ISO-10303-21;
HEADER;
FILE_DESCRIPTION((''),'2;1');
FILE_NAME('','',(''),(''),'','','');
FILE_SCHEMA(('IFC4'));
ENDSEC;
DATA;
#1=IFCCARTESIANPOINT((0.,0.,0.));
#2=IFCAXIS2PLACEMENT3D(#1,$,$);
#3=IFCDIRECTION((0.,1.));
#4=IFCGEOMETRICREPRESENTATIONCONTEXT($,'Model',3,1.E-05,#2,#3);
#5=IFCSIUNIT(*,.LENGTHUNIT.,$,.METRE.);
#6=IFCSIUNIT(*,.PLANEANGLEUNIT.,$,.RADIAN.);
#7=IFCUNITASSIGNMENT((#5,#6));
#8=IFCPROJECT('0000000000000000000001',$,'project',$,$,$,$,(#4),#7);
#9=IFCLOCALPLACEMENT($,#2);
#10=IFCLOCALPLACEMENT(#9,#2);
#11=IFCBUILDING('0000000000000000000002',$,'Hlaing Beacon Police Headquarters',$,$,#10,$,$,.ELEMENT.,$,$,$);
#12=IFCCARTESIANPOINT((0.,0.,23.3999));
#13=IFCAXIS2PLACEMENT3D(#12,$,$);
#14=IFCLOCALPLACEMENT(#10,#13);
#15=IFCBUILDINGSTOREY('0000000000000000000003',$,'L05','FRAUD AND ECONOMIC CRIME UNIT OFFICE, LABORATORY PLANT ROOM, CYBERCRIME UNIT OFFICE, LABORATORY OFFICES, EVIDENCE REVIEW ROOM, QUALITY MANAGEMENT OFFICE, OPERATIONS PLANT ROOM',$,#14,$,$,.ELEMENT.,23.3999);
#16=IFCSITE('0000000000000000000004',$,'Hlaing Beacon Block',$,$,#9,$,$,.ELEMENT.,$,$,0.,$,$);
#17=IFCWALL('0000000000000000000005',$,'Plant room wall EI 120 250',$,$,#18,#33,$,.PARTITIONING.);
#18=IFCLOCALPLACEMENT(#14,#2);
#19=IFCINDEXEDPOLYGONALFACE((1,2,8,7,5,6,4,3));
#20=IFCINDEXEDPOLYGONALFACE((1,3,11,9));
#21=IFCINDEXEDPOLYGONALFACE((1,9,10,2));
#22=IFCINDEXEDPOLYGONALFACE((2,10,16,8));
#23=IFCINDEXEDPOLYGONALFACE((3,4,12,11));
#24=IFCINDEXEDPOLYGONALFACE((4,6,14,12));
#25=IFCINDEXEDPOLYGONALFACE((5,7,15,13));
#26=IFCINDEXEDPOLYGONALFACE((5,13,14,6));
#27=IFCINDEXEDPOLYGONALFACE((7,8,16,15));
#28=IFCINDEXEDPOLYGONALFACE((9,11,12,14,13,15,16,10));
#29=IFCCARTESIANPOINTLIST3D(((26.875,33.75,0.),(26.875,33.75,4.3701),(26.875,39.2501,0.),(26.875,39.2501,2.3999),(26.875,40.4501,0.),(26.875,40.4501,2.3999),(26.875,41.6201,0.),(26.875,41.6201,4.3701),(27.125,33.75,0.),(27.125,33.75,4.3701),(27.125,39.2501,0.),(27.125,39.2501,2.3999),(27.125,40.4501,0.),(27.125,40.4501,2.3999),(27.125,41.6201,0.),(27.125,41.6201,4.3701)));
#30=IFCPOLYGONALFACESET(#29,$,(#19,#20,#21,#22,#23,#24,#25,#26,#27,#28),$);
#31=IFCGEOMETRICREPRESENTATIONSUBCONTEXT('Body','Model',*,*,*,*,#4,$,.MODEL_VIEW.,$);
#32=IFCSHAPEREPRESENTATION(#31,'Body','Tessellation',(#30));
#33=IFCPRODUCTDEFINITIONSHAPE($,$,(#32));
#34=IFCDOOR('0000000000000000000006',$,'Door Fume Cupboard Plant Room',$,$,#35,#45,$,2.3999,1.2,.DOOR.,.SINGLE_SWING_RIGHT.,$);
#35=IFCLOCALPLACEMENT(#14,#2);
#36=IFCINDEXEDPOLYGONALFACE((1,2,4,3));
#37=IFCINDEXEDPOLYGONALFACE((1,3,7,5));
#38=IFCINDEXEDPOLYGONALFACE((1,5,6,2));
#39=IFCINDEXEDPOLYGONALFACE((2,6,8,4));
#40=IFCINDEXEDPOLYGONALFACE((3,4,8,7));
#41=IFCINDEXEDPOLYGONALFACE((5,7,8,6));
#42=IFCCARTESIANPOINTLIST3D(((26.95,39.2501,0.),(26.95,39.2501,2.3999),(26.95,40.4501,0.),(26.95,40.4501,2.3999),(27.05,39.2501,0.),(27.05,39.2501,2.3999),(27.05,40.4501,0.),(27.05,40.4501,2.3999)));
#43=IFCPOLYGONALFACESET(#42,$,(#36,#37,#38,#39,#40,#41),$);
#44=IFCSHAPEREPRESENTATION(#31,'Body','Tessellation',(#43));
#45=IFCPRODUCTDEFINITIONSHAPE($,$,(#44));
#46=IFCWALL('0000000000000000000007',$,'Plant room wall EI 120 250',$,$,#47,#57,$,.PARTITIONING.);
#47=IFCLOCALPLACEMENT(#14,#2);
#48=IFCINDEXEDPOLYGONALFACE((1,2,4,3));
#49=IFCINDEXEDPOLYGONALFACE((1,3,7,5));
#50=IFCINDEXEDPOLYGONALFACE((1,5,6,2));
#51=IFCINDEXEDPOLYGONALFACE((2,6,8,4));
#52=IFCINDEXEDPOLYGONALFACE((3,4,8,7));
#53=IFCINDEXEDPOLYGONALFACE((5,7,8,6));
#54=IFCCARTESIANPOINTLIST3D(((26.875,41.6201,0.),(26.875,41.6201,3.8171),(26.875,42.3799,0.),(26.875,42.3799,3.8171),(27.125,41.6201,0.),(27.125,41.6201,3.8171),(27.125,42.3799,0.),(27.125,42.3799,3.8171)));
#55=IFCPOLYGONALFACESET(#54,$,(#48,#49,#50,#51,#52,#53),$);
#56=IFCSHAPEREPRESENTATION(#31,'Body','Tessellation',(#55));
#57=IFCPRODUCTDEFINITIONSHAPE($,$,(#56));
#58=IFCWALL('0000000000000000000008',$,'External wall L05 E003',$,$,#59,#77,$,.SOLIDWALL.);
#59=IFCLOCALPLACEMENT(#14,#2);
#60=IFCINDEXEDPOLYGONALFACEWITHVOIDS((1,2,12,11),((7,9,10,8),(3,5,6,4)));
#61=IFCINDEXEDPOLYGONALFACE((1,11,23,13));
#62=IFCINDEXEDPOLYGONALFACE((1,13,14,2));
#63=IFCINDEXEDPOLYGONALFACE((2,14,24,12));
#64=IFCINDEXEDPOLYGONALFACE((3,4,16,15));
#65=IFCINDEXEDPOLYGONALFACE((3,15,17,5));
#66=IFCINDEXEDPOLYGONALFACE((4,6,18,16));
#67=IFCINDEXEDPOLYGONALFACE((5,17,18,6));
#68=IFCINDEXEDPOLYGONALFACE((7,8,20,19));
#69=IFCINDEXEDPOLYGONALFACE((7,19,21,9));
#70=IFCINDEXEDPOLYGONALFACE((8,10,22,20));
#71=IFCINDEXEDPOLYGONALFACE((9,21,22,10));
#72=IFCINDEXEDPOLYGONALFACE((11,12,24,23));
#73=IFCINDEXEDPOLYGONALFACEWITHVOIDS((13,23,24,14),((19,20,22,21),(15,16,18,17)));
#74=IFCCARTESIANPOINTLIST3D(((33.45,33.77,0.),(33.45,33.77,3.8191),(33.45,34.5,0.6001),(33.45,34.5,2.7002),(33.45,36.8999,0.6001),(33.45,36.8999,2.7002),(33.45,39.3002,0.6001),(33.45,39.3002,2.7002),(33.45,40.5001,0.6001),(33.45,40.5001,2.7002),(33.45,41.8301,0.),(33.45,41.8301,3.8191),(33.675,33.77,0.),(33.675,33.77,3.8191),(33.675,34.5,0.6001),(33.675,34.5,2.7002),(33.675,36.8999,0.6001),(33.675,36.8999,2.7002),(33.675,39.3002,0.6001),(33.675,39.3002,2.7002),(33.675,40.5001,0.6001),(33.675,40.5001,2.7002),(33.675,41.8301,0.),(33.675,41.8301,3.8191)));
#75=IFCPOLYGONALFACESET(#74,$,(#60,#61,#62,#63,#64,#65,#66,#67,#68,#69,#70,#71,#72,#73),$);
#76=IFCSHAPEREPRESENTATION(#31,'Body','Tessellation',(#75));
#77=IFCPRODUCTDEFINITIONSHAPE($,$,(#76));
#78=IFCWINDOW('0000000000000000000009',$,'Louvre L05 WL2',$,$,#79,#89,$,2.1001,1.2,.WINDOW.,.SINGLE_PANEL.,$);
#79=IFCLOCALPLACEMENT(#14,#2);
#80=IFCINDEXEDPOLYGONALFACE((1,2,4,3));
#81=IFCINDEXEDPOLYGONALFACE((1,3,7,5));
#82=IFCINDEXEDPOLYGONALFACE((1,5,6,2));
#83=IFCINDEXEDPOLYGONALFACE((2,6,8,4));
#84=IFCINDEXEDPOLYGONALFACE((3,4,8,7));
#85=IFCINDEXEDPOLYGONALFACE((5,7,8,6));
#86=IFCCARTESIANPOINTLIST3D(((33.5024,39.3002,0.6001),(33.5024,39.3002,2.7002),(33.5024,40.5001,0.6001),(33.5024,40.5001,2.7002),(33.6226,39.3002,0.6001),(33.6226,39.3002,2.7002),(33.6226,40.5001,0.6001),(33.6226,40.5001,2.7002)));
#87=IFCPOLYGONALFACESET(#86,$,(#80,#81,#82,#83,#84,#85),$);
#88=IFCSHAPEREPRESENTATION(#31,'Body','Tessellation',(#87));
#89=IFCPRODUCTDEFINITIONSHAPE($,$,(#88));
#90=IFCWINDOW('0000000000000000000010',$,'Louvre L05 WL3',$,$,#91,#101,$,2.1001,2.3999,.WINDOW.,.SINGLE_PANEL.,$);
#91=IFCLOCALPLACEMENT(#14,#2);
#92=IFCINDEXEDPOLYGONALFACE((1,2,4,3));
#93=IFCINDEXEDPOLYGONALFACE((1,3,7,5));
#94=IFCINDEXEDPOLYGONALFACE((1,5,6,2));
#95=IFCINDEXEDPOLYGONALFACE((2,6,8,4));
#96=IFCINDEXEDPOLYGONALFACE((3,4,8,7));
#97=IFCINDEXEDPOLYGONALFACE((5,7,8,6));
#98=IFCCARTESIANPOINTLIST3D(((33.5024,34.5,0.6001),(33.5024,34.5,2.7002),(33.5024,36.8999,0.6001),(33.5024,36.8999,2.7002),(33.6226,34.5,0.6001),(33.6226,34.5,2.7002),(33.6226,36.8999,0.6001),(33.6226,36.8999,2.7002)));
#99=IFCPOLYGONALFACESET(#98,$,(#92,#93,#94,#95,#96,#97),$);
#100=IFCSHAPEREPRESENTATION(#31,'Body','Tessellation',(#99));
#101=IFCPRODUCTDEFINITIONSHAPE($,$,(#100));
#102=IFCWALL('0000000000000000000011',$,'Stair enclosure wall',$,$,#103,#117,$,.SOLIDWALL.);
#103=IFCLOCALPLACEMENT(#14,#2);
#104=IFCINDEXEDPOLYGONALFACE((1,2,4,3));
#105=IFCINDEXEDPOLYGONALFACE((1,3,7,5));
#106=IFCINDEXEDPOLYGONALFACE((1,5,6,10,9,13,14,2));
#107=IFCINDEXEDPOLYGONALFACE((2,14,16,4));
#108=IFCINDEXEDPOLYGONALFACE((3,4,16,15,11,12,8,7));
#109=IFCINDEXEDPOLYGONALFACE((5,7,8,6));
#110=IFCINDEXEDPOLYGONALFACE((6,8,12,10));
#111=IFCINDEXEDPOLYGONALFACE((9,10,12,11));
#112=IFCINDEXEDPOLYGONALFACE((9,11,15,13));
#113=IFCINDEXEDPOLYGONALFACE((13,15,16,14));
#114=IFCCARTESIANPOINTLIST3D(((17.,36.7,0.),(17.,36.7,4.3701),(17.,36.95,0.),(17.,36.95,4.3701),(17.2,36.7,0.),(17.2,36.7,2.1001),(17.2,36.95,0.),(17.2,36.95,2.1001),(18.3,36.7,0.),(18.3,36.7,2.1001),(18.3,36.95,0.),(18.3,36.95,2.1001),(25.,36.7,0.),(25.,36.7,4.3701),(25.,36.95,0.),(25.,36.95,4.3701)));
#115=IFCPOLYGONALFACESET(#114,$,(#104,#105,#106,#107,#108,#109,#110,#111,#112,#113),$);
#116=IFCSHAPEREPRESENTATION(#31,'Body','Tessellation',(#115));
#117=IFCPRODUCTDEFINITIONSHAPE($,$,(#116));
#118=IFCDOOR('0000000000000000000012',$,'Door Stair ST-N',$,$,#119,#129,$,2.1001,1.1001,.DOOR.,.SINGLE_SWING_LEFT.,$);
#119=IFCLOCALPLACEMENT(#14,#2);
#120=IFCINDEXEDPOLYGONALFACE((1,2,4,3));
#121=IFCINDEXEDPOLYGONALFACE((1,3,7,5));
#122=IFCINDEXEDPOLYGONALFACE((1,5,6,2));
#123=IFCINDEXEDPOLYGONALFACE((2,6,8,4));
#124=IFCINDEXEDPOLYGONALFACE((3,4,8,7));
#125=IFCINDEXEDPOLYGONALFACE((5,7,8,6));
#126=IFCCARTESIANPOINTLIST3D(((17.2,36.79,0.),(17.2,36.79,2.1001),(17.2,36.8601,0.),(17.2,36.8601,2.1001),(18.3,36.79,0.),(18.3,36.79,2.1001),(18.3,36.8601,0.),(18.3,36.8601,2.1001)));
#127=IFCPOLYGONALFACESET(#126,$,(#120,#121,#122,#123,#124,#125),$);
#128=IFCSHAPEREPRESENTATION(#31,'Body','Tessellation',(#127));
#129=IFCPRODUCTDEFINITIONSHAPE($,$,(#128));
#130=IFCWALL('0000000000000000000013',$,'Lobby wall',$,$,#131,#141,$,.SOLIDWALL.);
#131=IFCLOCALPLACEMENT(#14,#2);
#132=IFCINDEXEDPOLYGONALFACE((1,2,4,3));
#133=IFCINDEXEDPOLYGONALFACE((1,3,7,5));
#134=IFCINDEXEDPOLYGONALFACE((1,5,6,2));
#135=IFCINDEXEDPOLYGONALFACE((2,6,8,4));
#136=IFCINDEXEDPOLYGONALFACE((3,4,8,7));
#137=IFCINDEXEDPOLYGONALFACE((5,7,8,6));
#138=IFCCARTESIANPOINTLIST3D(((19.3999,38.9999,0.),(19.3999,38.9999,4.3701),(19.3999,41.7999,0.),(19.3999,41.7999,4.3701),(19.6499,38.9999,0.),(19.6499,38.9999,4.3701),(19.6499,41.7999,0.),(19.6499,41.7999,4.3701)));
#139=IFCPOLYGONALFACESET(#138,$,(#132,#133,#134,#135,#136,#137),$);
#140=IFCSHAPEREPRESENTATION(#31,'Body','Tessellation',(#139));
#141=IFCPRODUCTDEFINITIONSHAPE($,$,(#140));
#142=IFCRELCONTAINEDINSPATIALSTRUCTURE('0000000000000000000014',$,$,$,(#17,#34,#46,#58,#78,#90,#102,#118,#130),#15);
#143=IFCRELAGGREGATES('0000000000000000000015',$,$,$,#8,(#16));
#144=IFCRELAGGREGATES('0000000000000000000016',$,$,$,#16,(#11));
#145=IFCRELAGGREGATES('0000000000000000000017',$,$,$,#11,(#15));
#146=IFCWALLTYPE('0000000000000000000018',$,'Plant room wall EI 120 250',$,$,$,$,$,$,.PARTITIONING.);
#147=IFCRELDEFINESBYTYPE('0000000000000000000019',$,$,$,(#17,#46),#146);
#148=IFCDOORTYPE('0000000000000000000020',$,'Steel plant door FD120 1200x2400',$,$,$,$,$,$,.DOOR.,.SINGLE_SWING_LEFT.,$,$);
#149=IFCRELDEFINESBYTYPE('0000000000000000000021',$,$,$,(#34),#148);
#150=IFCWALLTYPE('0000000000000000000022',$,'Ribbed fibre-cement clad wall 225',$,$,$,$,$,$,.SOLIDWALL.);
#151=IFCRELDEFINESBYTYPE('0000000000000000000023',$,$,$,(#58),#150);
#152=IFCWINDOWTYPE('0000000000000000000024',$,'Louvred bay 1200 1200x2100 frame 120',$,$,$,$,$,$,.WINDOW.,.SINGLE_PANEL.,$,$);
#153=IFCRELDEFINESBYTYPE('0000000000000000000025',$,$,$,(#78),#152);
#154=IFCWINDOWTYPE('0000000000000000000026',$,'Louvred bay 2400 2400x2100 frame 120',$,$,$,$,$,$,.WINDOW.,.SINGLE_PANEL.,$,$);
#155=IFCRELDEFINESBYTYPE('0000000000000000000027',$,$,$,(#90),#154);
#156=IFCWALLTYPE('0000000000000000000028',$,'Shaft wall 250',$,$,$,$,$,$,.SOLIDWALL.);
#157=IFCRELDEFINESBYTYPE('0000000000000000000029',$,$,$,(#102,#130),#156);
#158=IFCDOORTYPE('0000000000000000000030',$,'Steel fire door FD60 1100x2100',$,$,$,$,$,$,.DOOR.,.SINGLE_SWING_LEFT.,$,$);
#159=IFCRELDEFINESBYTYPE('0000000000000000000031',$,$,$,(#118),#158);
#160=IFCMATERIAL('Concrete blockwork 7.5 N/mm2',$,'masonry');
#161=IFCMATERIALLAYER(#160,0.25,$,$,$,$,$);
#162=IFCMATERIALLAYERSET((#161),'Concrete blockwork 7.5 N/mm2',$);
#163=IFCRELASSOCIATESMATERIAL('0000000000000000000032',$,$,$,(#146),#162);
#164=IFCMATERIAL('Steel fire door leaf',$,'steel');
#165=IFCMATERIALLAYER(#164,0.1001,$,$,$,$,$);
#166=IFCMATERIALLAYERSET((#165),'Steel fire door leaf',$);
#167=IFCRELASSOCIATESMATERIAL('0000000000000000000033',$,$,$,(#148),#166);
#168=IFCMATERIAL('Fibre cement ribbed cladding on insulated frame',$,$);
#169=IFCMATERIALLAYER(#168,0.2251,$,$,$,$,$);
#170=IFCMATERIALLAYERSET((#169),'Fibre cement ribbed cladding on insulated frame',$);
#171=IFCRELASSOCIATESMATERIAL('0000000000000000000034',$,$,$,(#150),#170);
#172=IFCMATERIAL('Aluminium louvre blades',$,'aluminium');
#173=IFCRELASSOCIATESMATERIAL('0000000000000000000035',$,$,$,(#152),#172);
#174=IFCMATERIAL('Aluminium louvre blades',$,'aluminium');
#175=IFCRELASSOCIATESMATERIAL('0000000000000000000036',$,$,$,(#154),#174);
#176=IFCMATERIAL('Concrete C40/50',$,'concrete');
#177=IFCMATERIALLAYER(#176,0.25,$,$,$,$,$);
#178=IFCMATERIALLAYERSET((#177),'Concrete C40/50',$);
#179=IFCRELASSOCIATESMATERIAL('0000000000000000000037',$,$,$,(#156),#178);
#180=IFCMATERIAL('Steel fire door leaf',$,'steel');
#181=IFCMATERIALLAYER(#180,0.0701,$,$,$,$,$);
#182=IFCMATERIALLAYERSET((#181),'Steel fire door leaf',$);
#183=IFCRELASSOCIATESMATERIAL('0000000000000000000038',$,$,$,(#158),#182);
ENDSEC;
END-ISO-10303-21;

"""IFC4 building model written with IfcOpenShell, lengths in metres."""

from ifc_helpers import new_model, si_unit, direction, frame, frame_2d, origin, place, context, subcontext, project, spatial, rectangle, extrude, material, layer, layer_set, type_object, element, fill, save


model = new_model("IFC4")

# Units and contexts
model_context = context("Model", 3, precision=1e-05, world=origin(), true_north=direction((0.0, 1.0)))
body_context = subcontext(model_context, "Body", "Model", "MODEL_VIEW")
ifc_project = project(units=[si_unit("LENGTHUNIT", "METRE"), si_unit("PLANEANGLEUNIT", "RADIAN")], contexts=[model_context])

# Site, building, storey
site_placement = place(None, origin())
site = spatial("IfcSite", under=ifc_project, at=site_placement, Name="Hlaing Beacon Block", CompositionType="ELEMENT", RefElevation=0.0)
building_placement = place(site_placement, origin())
building = spatial("IfcBuilding", under=site, at=building_placement, Name="Hlaing Beacon Police Headquarters", CompositionType="ELEMENT")
storey_placement = place(building_placement, frame((0.0, 0.0, 23.3999)))
storey = spatial("IfcBuildingStorey", under=building, at=storey_placement, Name="L05", Description="FRAUD AND ECONOMIC CRIME UNIT OFFICE, LABORATORY PLANT ROOM, CYBERCRIME UNIT OFFICE, LABORATORY OFFICES, EVIDENCE REVIEW ROOM, QUALITY MANAGEMENT OFFICE, OPERATIONS PLANT ROOM", CompositionType="ELEMENT", Elevation=23.3999)

# Wall, opening, door
ifc_material_1 = material(Name="Concrete blockwork 7.5 N/mm2", Category="masonry")
ifc_layer_1 = layer(ifc_material_1, 0.25)
ifc_layer_set_1 = layer_set([ifc_layer_1], Name="Concrete blockwork 7.5 N/mm2")
wall_type_1 = type_object("IfcWallType", Name="Plant room wall EI 120 250", PredefinedType="PARTITIONING", material=ifc_layer_set_1)
wall_1_placement = place(storey_placement, frame((27.0, 33.75, 0.0), z_axis=(0.0, 0.0, 1.0), x_axis=(0.0, 1.0, 0.0)))
wall_1 = element("IfcWall", 1, at=wall_1_placement, inside=storey, type_object=wall_type_1, Name="Plant room wall EI 120 250", PredefinedType="PARTITIONING", context=body_context, shape_type="SweptSolid", body=[
    extrude(rectangle(XDim=7.8701, YDim=0.25, at=frame_2d((3.9351, 0.0))), origin(), (0.0, 0.0, 1.0), 4.3701),
])
opening_1_placement = place(wall_1_placement, frame((5.5, 0.0, 0.0)))
opening_1 = element("IfcOpeningElement", 2, at=opening_1_placement, cuts=wall_1, PredefinedType="OPENING", context=body_context, shape_type="SweptSolid", body=[
    extrude(rectangle(XDim=1.2, YDim=2.3999, at=frame_2d((0.6001, 1.2))), frame((0.0, 0.135, 0.0), z_axis=(0.0, -1.0, 0.0), x_axis=(1.0, 0.0, 0.0)), (0.0, 0.0, 1.0), 0.27),
])
ifc_material_2 = material(Name="Steel fire door leaf", Category="steel")
ifc_layer_2 = layer(ifc_material_2, 0.1001)
ifc_layer_set_2 = layer_set([ifc_layer_2], Name="Steel fire door leaf")
door_type_1 = type_object("IfcDoorType", Name="Steel plant door FD120 1200x2400", OperationType="SINGLE_SWING_LEFT", PredefinedType="DOOR", material=ifc_layer_set_2)
door_1_placement = place(opening_1_placement, frame((1.2, 0.0, 0.0), z_axis=(0.0, 0.0, 1.0), x_axis=(-1.0, 0.0, 0.0)))
door_1 = element("IfcDoor", 3, at=door_1_placement, inside=storey, type_object=door_type_1, Name="Door Fume Cupboard Plant Room", OperationType="SINGLE_SWING_RIGHT", OverallHeight=2.3999, OverallWidth=1.2, PredefinedType="DOOR", context=body_context, shape_type="SweptSolid", body=[
    extrude(rectangle(XDim=1.2, YDim=2.3999, at=frame_2d((0.5999, 1.2))), frame((0.0, 0.05, 0.0), z_axis=(0.0, -1.0, 0.0), x_axis=(1.0, 0.0, 0.0)), (0.0, 0.0, 1.0), 0.1001),
])
fill(opening_1, door_1)

# Wall
wall_2_placement = place(storey_placement, frame((27.0, 41.6201, 0.0), z_axis=(0.0, 0.0, 1.0), x_axis=(0.0, 1.0, 0.0)))
element("IfcWall", 4, at=wall_2_placement, inside=storey, type_object=wall_type_1, Name="Plant room wall EI 120 250", PredefinedType="PARTITIONING", context=body_context, shape_type="SweptSolid", body=[
    extrude(rectangle(XDim=0.7598, YDim=0.25, at=frame_2d((0.3799, 0.0))), origin(), (0.0, 0.0, 1.0), 3.8171),
])

# Wall, openings, windows
ifc_material_3 = material(Name="Fibre cement ribbed cladding on insulated frame")
ifc_layer_3 = layer(ifc_material_3, 0.2251)
ifc_layer_set_3 = layer_set([ifc_layer_3], Name="Fibre cement ribbed cladding on insulated frame")
wall_type_2 = type_object("IfcWallType", Name="Ribbed fibre-cement clad wall 225", PredefinedType="SOLIDWALL", material=ifc_layer_set_3)
wall_3_placement = place(storey_placement, frame((33.5625, 33.77, 0.0), z_axis=(0.0, 0.0, 1.0), x_axis=(0.0, 1.0, 0.0)))
wall_3 = element("IfcWall", 5, at=wall_3_placement, inside=storey, type_object=wall_type_2, Name="External wall L05 E003", PredefinedType="SOLIDWALL", context=body_context, shape_type="SweptSolid", body=[
    extrude(rectangle(XDim=8.0601, YDim=0.2251, at=frame_2d((4.03, 0.0))), origin(), (0.0, 0.0, 1.0), 3.8191),
])
opening_2_placement = place(wall_3_placement, frame((0.73, 0.0, 0.6001)))
opening_2 = element("IfcOpeningElement", 6, at=opening_2_placement, cuts=wall_3, PredefinedType="OPENING", context=body_context, shape_type="SweptSolid", body=[
    extrude(rectangle(XDim=2.3999, YDim=2.1001, at=frame_2d((1.2, 1.05))), frame((0.0, 0.1226, 0.0), z_axis=(0.0, -1.0, 0.0), x_axis=(1.0, 0.0, 0.0)), (0.0, 0.0, 1.0), 0.2451),
])
opening_3_placement = place(wall_3_placement, frame((5.53, 0.0, 0.6001)))
opening_3 = element("IfcOpeningElement", 7, at=opening_3_placement, cuts=wall_3, PredefinedType="OPENING", context=body_context, shape_type="SweptSolid", body=[
    extrude(rectangle(XDim=1.2, YDim=2.1001, at=frame_2d((0.6001, 1.05))), frame((0.0, 0.1226, 0.0), z_axis=(0.0, -1.0, 0.0), x_axis=(1.0, 0.0, 0.0)), (0.0, 0.0, 1.0), 0.2451),
])
ifc_material_4 = material(Name="Aluminium louvre blades", Category="aluminium")
window_type_1 = type_object("IfcWindowType", Name="Louvred bay 1200 1200x2100 frame 120", PartitioningType="SINGLE_PANEL", PredefinedType="WINDOW", material=ifc_material_4)
window_1_placement = place(opening_3_placement, origin())
window_1 = element("IfcWindow", 8, at=window_1_placement, inside=storey, type_object=window_type_1, Name="Louvre L05 WL2", OverallHeight=2.1001, OverallWidth=1.2, PartitioningType="SINGLE_PANEL", PredefinedType="WINDOW", context=body_context, shape_type="SweptSolid", body=[
    extrude(rectangle(XDim=1.2, YDim=2.1001, at=frame_2d((0.6001, 1.05))), frame((0.0, 0.0601, 0.0), z_axis=(0.0, -1.0, 0.0), x_axis=(1.0, 0.0, 0.0)), (0.0, 0.0, 1.0), 0.1201),
])
fill(opening_3, window_1)
ifc_material_5 = material(Name="Aluminium louvre blades", Category="aluminium")
window_type_2 = type_object("IfcWindowType", Name="Louvred bay 2400 2400x2100 frame 120", PartitioningType="SINGLE_PANEL", PredefinedType="WINDOW", material=ifc_material_5)
window_2_placement = place(opening_2_placement, origin())
window_2 = element("IfcWindow", 9, at=window_2_placement, inside=storey, type_object=window_type_2, Name="Louvre L05 WL3", OverallHeight=2.1001, OverallWidth=2.3999, PartitioningType="SINGLE_PANEL", PredefinedType="WINDOW", context=body_context, shape_type="SweptSolid", body=[
    extrude(rectangle(XDim=2.3999, YDim=2.1001, at=frame_2d((1.2, 1.05))), frame((0.0, 0.0601, 0.0), z_axis=(0.0, -1.0, 0.0), x_axis=(1.0, 0.0, 0.0)), (0.0, 0.0, 1.0), 0.1201),
])
fill(opening_2, window_2)

# Wall, opening, door
ifc_material_6 = material(Name="Concrete C40/50", Category="concrete")
ifc_layer_4 = layer(ifc_material_6, 0.25)
ifc_layer_set_4 = layer_set([ifc_layer_4], Name="Concrete C40/50")
wall_type_3 = type_object("IfcWallType", Name="Shaft wall 250", PredefinedType="SOLIDWALL", material=ifc_layer_set_4)
wall_4_placement = place(storey_placement, frame((17.0, 36.825, 0.0), z_axis=(0.0, 0.0, 1.0), x_axis=(1.0, 0.0, 0.0)))
wall_4 = element("IfcWall", 10, at=wall_4_placement, inside=storey, type_object=wall_type_3, Name="Stair enclosure wall", PredefinedType="SOLIDWALL", context=body_context, shape_type="SweptSolid", body=[
    extrude(rectangle(XDim=8.0, YDim=0.25, at=frame_2d((4.0, 0.0))), origin(), (0.0, 0.0, 1.0), 4.3701),
])
opening_4_placement = place(wall_4_placement, frame((0.2, 0.0, 0.0)))
opening_4 = element("IfcOpeningElement", 11, at=opening_4_placement, cuts=wall_4, PredefinedType="OPENING", context=body_context, shape_type="SweptSolid", body=[
    extrude(rectangle(XDim=1.1001, YDim=2.1001, at=frame_2d((0.55, 1.05))), frame((0.0, 0.135, 0.0), z_axis=(0.0, -1.0, 0.0), x_axis=(1.0, 0.0, 0.0)), (0.0, 0.0, 1.0), 0.27),
])
ifc_material_7 = material(Name="Steel fire door leaf", Category="steel")
ifc_layer_5 = layer(ifc_material_7, 0.0701)
ifc_layer_set_5 = layer_set([ifc_layer_5], Name="Steel fire door leaf")
door_type_2 = type_object("IfcDoorType", Name="Steel fire door FD60 1100x2100", OperationType="SINGLE_SWING_LEFT", PredefinedType="DOOR", material=ifc_layer_set_5)
door_2_placement = place(opening_4_placement, frame((1.1001, 0.0, 0.0), z_axis=(0.0, 0.0, 1.0), x_axis=(-1.0, 0.0, 0.0)))
door_2 = element("IfcDoor", 12, at=door_2_placement, inside=storey, type_object=door_type_2, Name="Door Stair ST-N", OperationType="SINGLE_SWING_LEFT", OverallHeight=2.1001, OverallWidth=1.1001, PredefinedType="DOOR", context=body_context, shape_type="SweptSolid", body=[
    extrude(rectangle(XDim=1.1001, YDim=2.1001, at=frame_2d((0.55, 1.05))), frame((0.0, 0.0349, 0.0), z_axis=(0.0, -1.0, 0.0), x_axis=(1.0, 0.0, 0.0)), (0.0, 0.0, 1.0), 0.0701),
])
fill(opening_4, door_2)

# Wall
wall_5_placement = place(storey_placement, frame((19.5249, 39.0, 0.0), z_axis=(0.0, 0.0, 1.0), x_axis=(0.0, 1.0, 0.0)))
element("IfcWall", 13, at=wall_5_placement, inside=storey, type_object=wall_type_3, Name="Lobby wall", PredefinedType="SOLIDWALL", context=body_context, shape_type="SweptSolid", body=[
    extrude(rectangle(XDim=2.8, YDim=0.25, at=frame_2d((1.3999, 0.0))), origin(), (0.0, 0.0, 1.0), 4.3701),
])

save(model, "model.ifc")
